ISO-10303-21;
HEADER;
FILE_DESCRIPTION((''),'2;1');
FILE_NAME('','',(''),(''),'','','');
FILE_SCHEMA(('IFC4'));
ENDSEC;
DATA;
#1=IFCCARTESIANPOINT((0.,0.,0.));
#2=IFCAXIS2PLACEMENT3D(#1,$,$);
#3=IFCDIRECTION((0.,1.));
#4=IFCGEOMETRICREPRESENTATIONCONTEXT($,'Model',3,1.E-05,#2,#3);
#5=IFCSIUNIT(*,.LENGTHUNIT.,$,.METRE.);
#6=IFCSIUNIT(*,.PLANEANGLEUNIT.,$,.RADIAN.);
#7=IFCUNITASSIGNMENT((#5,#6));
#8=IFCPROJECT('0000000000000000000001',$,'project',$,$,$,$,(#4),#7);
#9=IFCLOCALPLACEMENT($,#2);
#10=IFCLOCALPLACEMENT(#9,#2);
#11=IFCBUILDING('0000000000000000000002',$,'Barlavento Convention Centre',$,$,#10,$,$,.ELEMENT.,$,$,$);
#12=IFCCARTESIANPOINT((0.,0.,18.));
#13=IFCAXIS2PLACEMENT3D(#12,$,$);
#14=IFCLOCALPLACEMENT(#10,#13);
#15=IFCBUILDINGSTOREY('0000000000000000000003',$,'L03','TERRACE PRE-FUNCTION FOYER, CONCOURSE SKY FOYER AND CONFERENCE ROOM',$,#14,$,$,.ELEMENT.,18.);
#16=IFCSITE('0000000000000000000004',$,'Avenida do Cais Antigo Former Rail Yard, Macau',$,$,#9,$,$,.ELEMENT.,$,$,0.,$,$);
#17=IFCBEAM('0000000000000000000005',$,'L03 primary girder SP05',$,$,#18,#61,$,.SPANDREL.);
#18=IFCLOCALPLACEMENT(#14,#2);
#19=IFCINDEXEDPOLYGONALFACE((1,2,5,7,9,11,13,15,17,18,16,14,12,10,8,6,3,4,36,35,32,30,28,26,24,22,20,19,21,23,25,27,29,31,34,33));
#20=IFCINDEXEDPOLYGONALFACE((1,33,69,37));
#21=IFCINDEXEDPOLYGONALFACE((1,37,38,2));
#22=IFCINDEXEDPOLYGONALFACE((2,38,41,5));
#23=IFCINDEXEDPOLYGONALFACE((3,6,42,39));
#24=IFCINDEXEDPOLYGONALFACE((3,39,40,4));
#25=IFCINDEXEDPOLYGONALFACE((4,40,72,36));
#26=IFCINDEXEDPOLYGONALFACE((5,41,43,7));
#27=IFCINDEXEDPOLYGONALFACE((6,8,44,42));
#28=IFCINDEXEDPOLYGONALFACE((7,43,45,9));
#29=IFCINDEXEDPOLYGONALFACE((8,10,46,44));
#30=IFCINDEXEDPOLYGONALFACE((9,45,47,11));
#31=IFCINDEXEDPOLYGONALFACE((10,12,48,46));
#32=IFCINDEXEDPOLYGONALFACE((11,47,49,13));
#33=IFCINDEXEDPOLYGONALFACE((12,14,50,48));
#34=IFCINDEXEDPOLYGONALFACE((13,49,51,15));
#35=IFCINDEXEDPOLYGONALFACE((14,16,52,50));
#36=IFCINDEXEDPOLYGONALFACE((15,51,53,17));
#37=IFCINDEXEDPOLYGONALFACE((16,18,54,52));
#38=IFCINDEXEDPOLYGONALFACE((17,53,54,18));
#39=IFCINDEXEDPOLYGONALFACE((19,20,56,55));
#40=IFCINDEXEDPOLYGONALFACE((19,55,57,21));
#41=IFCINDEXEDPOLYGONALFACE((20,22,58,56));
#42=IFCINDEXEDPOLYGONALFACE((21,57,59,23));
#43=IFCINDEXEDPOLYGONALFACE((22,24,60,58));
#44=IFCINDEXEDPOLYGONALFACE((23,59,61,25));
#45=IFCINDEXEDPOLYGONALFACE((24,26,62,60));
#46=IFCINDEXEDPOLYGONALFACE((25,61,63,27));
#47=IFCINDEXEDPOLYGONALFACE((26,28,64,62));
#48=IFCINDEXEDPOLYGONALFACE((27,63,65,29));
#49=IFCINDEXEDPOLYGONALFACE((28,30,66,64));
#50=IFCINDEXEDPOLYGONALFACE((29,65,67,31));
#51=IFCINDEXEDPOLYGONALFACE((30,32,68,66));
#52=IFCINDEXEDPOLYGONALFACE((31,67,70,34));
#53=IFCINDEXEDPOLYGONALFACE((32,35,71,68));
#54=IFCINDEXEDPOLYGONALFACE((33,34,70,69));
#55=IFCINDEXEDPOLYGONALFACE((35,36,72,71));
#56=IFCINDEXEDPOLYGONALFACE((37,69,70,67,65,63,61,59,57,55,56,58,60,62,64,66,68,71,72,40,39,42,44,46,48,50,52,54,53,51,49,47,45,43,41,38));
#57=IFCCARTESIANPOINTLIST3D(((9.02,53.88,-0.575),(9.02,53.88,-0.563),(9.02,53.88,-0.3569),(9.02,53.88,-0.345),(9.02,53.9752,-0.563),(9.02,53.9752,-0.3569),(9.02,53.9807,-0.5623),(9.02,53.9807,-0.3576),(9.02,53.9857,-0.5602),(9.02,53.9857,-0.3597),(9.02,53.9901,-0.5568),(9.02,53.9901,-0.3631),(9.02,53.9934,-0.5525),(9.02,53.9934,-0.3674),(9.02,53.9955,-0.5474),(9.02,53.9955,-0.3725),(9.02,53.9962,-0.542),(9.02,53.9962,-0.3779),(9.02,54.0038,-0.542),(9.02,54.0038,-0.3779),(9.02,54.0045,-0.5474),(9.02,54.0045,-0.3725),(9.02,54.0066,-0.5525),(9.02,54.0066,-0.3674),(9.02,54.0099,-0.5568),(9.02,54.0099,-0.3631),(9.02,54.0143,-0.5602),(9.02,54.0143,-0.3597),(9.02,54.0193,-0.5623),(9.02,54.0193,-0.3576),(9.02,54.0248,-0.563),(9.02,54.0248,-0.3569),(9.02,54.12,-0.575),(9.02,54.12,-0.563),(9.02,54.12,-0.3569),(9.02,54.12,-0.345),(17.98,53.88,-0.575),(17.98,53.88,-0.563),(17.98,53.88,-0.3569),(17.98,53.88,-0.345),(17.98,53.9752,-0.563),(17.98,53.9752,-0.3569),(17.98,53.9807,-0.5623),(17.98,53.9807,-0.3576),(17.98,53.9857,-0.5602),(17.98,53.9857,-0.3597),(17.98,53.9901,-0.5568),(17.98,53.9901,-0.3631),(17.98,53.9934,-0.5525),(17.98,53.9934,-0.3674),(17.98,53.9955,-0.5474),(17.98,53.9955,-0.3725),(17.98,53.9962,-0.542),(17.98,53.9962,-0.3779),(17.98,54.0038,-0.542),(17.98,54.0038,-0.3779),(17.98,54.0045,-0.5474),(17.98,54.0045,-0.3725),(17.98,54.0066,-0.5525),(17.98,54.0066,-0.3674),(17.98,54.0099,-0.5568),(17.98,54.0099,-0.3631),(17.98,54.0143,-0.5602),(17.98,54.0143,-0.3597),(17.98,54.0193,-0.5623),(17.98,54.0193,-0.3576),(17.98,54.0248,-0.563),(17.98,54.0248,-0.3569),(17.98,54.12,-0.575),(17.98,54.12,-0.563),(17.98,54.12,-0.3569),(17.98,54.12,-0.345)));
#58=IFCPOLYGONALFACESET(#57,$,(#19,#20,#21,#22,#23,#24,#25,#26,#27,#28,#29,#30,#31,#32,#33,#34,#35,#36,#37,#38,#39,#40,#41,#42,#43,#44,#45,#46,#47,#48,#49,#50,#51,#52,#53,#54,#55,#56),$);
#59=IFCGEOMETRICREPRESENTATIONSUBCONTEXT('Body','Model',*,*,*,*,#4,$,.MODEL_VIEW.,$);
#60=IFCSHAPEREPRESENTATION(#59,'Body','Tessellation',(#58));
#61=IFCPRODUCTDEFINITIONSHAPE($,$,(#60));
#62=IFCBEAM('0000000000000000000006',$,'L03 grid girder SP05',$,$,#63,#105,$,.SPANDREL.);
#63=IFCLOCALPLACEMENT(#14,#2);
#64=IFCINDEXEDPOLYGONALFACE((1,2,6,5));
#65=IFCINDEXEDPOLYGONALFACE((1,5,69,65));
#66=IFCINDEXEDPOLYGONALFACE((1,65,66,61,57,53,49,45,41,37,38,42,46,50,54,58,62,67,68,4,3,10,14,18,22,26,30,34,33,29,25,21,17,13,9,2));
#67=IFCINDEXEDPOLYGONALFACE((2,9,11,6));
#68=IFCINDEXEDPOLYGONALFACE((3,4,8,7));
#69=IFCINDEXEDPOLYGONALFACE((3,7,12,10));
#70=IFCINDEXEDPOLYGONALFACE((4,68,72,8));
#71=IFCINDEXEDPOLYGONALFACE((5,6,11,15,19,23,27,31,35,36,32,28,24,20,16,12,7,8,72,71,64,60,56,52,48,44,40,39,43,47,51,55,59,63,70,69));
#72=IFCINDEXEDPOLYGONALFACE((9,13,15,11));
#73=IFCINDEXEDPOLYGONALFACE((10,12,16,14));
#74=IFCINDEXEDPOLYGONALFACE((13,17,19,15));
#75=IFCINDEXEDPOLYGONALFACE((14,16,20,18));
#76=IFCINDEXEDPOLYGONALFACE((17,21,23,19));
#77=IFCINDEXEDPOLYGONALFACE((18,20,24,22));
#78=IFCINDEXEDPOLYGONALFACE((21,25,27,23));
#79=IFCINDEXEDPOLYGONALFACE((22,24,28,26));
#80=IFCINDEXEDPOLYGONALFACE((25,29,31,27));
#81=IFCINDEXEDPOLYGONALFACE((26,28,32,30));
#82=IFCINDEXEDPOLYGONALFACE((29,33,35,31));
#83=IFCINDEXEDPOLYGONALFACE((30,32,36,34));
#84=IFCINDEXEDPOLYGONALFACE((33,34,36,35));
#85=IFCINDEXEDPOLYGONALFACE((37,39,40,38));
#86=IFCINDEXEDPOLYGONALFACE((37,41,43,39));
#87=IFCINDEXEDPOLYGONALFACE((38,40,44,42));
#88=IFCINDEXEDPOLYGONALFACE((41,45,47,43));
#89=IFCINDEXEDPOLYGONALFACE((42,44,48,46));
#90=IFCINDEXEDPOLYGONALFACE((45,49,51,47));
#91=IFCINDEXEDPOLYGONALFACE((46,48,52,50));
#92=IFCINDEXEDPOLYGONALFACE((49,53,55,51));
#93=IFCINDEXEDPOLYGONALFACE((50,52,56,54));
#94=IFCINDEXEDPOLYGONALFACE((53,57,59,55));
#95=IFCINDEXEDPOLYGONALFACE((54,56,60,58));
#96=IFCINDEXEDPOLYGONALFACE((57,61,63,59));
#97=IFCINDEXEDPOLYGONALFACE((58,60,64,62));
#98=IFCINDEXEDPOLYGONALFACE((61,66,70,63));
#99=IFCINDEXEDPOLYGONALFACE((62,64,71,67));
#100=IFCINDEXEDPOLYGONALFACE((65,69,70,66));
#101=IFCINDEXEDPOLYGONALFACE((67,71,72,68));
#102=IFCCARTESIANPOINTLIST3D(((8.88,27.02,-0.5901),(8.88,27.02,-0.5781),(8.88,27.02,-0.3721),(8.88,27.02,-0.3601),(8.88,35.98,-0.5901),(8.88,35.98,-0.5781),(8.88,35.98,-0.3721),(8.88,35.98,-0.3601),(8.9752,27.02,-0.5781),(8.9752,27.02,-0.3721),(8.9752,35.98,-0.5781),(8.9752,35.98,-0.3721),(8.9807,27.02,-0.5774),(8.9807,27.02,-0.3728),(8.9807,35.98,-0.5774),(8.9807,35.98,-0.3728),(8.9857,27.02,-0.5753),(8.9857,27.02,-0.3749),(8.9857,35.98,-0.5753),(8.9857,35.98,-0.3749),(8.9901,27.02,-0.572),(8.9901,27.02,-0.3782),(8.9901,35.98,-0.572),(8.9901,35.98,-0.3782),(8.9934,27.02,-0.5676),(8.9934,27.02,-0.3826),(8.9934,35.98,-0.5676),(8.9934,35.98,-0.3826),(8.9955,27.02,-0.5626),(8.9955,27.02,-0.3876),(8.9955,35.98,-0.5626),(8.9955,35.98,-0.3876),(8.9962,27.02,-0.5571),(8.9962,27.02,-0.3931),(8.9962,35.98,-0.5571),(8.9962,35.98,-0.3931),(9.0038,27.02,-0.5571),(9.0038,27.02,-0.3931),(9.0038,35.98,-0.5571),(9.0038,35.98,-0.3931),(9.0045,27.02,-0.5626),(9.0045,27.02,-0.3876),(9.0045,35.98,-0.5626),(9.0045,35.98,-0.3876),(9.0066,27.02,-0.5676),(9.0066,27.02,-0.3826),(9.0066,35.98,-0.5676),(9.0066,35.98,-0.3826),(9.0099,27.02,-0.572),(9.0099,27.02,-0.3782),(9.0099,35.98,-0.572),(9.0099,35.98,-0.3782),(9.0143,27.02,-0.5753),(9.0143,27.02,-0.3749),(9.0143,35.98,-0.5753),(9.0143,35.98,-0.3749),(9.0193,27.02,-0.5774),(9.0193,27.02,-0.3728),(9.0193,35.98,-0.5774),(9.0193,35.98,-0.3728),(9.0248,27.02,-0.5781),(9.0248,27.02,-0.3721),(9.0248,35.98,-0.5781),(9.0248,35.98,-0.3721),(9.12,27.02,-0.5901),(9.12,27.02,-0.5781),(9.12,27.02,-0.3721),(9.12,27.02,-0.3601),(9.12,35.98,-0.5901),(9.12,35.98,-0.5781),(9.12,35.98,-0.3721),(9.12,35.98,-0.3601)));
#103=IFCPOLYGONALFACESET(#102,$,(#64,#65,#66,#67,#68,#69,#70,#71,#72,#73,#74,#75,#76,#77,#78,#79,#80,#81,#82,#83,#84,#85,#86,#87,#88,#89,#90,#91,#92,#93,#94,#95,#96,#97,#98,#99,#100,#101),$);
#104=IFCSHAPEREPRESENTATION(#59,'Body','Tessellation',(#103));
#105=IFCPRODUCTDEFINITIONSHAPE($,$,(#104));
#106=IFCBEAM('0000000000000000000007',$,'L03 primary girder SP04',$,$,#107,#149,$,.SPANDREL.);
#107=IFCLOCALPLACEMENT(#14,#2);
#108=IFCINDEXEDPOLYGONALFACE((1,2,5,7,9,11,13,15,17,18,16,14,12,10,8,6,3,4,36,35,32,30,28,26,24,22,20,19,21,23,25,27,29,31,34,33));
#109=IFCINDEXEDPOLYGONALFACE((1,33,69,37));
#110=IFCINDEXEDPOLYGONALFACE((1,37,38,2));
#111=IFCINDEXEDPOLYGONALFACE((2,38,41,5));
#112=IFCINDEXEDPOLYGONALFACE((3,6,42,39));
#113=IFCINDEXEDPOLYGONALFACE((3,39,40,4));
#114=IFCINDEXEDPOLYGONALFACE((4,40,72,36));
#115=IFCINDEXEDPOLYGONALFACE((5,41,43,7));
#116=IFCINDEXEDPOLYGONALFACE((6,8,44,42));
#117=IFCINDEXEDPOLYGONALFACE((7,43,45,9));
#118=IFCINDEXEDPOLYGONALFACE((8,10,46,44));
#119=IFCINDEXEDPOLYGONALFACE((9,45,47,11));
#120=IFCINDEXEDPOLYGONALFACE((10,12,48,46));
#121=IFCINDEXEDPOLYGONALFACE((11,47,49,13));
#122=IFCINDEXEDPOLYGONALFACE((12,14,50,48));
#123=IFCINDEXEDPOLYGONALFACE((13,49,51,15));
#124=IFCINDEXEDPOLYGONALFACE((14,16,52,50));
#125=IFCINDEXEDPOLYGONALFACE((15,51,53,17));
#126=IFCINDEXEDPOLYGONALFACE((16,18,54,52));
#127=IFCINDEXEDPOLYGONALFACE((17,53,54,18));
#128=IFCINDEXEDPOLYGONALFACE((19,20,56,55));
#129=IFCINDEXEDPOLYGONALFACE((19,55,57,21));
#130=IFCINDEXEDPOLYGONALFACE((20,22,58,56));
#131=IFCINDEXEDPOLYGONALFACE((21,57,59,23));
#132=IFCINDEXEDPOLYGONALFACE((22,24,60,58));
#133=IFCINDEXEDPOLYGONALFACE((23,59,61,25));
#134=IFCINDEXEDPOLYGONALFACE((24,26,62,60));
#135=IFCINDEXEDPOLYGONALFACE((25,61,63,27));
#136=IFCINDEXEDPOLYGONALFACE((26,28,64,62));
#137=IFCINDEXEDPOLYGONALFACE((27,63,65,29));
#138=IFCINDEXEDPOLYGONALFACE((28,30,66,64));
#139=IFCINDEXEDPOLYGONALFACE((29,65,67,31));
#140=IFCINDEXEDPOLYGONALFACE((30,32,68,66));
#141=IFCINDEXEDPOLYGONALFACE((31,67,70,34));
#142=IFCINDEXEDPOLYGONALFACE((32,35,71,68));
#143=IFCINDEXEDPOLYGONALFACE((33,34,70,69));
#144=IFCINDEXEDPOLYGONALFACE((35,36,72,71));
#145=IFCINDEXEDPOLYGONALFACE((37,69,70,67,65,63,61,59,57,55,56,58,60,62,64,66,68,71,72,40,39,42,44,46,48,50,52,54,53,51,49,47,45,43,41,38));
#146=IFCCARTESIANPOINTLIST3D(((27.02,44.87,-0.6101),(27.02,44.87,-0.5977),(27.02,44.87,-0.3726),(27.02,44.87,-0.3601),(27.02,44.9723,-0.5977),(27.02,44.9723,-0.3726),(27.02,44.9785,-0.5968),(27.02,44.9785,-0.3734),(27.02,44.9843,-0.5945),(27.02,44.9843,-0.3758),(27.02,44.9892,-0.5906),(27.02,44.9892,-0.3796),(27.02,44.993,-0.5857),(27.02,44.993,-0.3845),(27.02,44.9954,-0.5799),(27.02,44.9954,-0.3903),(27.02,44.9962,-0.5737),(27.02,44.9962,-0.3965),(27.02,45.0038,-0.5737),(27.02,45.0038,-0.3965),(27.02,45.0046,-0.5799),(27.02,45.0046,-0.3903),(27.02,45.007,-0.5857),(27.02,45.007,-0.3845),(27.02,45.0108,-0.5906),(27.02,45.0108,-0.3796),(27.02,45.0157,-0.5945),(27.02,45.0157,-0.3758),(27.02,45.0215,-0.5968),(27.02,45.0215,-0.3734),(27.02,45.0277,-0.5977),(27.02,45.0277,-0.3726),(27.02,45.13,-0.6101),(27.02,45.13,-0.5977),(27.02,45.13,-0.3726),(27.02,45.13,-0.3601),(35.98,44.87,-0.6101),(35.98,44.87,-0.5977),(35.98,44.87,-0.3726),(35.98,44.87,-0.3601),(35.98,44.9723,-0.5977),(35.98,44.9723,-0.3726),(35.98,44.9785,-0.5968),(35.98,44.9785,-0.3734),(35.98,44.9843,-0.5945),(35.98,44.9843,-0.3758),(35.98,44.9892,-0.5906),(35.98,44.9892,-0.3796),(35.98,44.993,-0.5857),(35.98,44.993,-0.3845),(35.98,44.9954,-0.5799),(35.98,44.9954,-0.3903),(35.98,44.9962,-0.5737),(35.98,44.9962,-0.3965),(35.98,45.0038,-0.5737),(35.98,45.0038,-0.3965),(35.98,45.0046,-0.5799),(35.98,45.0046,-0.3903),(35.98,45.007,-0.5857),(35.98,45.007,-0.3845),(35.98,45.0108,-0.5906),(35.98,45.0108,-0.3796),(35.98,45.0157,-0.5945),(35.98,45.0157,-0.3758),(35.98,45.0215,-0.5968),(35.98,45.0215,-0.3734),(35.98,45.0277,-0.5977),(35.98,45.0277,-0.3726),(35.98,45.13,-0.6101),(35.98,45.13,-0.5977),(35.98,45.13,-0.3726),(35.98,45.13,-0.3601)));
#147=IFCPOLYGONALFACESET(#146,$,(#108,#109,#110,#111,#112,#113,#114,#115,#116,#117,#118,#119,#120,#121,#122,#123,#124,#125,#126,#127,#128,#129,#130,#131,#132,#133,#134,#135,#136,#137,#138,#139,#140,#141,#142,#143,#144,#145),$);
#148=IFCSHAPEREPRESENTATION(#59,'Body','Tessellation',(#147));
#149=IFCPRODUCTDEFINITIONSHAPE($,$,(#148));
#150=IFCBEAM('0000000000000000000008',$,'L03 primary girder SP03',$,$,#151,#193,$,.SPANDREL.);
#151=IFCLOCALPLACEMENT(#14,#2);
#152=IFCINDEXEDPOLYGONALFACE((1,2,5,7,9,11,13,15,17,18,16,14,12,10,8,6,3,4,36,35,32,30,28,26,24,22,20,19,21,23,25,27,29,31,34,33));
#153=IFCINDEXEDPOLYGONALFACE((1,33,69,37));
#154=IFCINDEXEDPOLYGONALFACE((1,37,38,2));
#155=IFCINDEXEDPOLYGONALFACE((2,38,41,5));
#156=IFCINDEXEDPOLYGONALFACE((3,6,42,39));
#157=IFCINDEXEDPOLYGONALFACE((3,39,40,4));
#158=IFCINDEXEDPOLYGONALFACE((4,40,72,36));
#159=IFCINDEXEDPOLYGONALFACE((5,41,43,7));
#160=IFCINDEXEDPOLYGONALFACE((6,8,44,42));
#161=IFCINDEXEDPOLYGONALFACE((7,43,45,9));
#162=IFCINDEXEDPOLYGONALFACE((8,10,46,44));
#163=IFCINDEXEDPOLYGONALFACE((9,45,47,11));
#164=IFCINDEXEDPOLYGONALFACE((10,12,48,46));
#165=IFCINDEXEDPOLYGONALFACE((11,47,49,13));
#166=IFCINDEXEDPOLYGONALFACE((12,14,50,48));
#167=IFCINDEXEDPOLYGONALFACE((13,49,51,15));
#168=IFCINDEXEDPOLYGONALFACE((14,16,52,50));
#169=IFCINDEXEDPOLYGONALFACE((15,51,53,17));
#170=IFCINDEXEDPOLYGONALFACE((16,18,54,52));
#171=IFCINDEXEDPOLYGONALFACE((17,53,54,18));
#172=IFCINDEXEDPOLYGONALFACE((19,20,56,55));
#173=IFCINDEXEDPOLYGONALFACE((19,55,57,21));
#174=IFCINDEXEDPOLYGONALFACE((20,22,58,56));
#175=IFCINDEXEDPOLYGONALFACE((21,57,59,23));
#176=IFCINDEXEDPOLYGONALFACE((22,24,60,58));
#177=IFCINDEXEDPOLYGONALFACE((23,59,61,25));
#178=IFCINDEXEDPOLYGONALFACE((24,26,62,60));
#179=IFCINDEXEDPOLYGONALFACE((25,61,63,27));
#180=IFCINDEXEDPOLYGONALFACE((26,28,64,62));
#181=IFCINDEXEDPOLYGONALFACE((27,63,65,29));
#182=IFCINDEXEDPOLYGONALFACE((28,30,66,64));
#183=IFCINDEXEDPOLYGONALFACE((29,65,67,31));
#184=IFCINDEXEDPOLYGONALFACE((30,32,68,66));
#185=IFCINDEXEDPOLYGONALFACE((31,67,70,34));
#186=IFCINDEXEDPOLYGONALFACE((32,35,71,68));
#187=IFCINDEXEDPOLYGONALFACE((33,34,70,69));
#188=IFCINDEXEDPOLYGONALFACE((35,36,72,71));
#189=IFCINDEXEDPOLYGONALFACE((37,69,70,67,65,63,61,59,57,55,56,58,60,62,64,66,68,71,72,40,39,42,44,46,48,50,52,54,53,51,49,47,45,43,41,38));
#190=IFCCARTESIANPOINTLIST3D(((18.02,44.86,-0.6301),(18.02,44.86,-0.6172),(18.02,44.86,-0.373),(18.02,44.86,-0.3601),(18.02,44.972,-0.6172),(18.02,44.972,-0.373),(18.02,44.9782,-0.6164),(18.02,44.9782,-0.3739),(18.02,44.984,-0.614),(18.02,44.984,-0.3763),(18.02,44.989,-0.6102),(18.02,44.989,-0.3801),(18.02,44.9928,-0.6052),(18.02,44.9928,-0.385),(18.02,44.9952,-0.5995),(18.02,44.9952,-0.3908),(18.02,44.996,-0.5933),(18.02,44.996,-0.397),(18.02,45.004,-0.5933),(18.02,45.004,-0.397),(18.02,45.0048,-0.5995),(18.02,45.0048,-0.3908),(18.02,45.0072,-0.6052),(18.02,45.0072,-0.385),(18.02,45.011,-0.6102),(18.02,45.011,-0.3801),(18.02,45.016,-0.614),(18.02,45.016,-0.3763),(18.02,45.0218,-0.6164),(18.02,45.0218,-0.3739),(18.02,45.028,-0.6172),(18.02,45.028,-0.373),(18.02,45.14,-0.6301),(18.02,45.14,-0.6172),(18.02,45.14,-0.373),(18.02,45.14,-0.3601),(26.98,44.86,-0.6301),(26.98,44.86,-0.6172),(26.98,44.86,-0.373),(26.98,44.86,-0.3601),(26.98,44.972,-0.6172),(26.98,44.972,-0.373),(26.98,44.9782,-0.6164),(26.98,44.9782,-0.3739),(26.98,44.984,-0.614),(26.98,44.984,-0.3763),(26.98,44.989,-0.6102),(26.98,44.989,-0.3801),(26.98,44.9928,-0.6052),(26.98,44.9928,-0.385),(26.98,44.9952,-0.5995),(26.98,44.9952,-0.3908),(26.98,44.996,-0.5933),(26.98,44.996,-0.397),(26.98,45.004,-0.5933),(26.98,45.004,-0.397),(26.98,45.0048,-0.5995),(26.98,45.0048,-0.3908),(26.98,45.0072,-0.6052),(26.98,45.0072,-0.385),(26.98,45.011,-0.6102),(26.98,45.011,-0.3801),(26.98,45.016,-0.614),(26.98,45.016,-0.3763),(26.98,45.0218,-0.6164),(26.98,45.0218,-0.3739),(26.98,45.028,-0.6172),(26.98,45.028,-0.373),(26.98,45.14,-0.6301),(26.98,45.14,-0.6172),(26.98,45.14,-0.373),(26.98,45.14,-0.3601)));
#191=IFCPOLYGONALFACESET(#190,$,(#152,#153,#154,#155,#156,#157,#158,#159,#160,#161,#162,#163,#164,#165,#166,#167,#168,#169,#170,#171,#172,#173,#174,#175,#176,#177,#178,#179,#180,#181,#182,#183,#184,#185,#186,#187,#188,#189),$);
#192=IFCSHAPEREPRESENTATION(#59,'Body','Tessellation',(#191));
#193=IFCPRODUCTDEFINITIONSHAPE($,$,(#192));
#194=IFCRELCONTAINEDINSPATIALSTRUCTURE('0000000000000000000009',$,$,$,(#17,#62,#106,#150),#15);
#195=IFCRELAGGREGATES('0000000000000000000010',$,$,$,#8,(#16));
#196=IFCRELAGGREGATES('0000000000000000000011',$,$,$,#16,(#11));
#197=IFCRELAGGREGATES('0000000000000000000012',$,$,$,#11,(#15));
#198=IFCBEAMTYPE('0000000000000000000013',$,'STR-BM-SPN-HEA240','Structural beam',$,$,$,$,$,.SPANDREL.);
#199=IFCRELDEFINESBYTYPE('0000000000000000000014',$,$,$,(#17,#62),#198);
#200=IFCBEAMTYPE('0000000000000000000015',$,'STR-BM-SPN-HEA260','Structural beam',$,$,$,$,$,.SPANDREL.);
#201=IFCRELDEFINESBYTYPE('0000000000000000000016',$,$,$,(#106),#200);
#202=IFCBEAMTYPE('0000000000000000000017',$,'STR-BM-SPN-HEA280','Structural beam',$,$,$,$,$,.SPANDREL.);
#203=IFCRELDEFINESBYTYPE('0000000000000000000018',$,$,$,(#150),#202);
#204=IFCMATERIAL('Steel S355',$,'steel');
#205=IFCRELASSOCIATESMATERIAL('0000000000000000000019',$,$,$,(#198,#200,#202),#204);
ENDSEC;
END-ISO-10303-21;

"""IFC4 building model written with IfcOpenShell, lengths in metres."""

from ifc_helpers import new_model, si_unit, direction, frame, origin, origin_2d, place, context, subcontext, project, spatial, i_section, extrude, material, material_profile, profile_set, type_object, element, save


model = new_model("IFC4")

# Units and contexts
model_context = context("Model", 3, precision=1e-05, world=origin(), true_north=direction((0.0, 1.0)))
body_context = subcontext(model_context, "Body", "Model", "MODEL_VIEW")
ifc_project = project(units=[si_unit("LENGTHUNIT", "METRE"), si_unit("PLANEANGLEUNIT", "RADIAN")], contexts=[model_context])

# Site, building, storey
site_placement = place(None, origin())
site = spatial("IfcSite", under=ifc_project, at=site_placement, Name="Avenida do Cais Antigo Former Rail Yard, Macau", CompositionType="ELEMENT", RefElevation=0.0)
building_placement = place(site_placement, origin())
building = spatial("IfcBuilding", under=site, at=building_placement, Name="Barlavento Convention Centre", CompositionType="ELEMENT")
storey_placement = place(building_placement, frame((0.0, 0.0, 18.0)))
storey = spatial("IfcBuildingStorey", under=building, at=storey_placement, Name="L03", Description="TERRACE PRE-FUNCTION FOYER, CONCOURSE SKY FOYER AND CONFERENCE ROOM", CompositionType="ELEMENT", Elevation=18.0)

# Shared definitions
ifc_material_1 = material(Name="Steel S355", Category="steel")

# Beams
ifc_material_profile_1 = material_profile(ifc_material_1, i_section(OverallWidth=0.24, OverallDepth=0.23, WebThickness=0.0076, FlangeThickness=0.012, FilletRadius=0.021, at=origin_2d()), Name="HEA 240")
ifc_profile_set_1 = profile_set([ifc_material_profile_1], Name="Steel S355")
beam_type_1 = type_object("IfcBeamType", Name="STR-BM-SPN-HEA240", Description="Structural beam", PredefinedType="SPANDREL", material=ifc_profile_set_1)
for number, where, z_axis, x_axis, name in (
    (1, (9.02, 54.0, -0.46), (1.0, 0.0, 0.0), (0.0, 1.0, 0.0), "L03 primary girder SP05"),
    (2, (9.0, 27.02, -0.4751), (0.0, 1.0, 0.0), (-1.0, 0.0, 0.0), "L03 grid girder SP05"),
):
    element("IfcBeam", number, at=place(storey_placement, frame(where, z_axis=z_axis, x_axis=x_axis)), inside=storey, type_object=beam_type_1, Name=name, PredefinedType="SPANDREL", context=body_context, shape_type="SweptSolid", body=[
        extrude(i_section(OverallWidth=0.24, OverallDepth=0.23, WebThickness=0.0076, FlangeThickness=0.012, FilletRadius=0.021, at=origin_2d()), origin(), (0.0, 0.0, 1.0), 8.96),
    ])
ifc_material_profile_2 = material_profile(ifc_material_1, i_section(OverallWidth=0.26, OverallDepth=0.25, WebThickness=0.0076, FlangeThickness=0.0125, FilletRadius=0.0239, at=origin_2d()), Name="HEA 260")
ifc_profile_set_2 = profile_set([ifc_material_profile_2], Name="Steel S355")
beam_type_2 = type_object("IfcBeamType", Name="STR-BM-SPN-HEA260", Description="Structural beam", PredefinedType="SPANDREL", material=ifc_profile_set_2)
beam_1_placement = place(storey_placement, frame((27.02, 45.0, -0.4851), z_axis=(1.0, 0.0, 0.0), x_axis=(0.0, 1.0, 0.0)))
element("IfcBeam", 3, at=beam_1_placement, inside=storey, type_object=beam_type_2, Name="L03 primary girder SP04", PredefinedType="SPANDREL", context=body_context, shape_type="SweptSolid", body=[
    extrude(i_section(OverallWidth=0.26, OverallDepth=0.25, WebThickness=0.0076, FlangeThickness=0.0125, FilletRadius=0.0239, at=origin_2d()), origin(), (0.0, 0.0, 1.0), 8.96),
])
ifc_material_profile_3 = material_profile(ifc_material_1, i_section(OverallWidth=0.28, OverallDepth=0.27, WebThickness=0.0081, FlangeThickness=0.0129, FilletRadius=0.0239, at=origin_2d()), Name="HEA 280")
ifc_profile_set_3 = profile_set([ifc_material_profile_3], Name="Steel S355")
beam_type_3 = type_object("IfcBeamType", Name="STR-BM-SPN-HEA280", Description="Structural beam", PredefinedType="SPANDREL", material=ifc_profile_set_3)
beam_2_placement = place(storey_placement, frame((18.02, 45.0, -0.4951), z_axis=(1.0, 0.0, 0.0), x_axis=(0.0, 1.0, 0.0)))
element("IfcBeam", 4, at=beam_2_placement, inside=storey, type_object=beam_type_3, Name="L03 primary girder SP03", PredefinedType="SPANDREL", context=body_context, shape_type="SweptSolid", body=[
    extrude(i_section(OverallWidth=0.28, OverallDepth=0.27, WebThickness=0.0081, FlangeThickness=0.0129, FilletRadius=0.0239, at=origin_2d()), origin(), (0.0, 0.0, 1.0), 8.96),
])

save(model, "model.ifc")
